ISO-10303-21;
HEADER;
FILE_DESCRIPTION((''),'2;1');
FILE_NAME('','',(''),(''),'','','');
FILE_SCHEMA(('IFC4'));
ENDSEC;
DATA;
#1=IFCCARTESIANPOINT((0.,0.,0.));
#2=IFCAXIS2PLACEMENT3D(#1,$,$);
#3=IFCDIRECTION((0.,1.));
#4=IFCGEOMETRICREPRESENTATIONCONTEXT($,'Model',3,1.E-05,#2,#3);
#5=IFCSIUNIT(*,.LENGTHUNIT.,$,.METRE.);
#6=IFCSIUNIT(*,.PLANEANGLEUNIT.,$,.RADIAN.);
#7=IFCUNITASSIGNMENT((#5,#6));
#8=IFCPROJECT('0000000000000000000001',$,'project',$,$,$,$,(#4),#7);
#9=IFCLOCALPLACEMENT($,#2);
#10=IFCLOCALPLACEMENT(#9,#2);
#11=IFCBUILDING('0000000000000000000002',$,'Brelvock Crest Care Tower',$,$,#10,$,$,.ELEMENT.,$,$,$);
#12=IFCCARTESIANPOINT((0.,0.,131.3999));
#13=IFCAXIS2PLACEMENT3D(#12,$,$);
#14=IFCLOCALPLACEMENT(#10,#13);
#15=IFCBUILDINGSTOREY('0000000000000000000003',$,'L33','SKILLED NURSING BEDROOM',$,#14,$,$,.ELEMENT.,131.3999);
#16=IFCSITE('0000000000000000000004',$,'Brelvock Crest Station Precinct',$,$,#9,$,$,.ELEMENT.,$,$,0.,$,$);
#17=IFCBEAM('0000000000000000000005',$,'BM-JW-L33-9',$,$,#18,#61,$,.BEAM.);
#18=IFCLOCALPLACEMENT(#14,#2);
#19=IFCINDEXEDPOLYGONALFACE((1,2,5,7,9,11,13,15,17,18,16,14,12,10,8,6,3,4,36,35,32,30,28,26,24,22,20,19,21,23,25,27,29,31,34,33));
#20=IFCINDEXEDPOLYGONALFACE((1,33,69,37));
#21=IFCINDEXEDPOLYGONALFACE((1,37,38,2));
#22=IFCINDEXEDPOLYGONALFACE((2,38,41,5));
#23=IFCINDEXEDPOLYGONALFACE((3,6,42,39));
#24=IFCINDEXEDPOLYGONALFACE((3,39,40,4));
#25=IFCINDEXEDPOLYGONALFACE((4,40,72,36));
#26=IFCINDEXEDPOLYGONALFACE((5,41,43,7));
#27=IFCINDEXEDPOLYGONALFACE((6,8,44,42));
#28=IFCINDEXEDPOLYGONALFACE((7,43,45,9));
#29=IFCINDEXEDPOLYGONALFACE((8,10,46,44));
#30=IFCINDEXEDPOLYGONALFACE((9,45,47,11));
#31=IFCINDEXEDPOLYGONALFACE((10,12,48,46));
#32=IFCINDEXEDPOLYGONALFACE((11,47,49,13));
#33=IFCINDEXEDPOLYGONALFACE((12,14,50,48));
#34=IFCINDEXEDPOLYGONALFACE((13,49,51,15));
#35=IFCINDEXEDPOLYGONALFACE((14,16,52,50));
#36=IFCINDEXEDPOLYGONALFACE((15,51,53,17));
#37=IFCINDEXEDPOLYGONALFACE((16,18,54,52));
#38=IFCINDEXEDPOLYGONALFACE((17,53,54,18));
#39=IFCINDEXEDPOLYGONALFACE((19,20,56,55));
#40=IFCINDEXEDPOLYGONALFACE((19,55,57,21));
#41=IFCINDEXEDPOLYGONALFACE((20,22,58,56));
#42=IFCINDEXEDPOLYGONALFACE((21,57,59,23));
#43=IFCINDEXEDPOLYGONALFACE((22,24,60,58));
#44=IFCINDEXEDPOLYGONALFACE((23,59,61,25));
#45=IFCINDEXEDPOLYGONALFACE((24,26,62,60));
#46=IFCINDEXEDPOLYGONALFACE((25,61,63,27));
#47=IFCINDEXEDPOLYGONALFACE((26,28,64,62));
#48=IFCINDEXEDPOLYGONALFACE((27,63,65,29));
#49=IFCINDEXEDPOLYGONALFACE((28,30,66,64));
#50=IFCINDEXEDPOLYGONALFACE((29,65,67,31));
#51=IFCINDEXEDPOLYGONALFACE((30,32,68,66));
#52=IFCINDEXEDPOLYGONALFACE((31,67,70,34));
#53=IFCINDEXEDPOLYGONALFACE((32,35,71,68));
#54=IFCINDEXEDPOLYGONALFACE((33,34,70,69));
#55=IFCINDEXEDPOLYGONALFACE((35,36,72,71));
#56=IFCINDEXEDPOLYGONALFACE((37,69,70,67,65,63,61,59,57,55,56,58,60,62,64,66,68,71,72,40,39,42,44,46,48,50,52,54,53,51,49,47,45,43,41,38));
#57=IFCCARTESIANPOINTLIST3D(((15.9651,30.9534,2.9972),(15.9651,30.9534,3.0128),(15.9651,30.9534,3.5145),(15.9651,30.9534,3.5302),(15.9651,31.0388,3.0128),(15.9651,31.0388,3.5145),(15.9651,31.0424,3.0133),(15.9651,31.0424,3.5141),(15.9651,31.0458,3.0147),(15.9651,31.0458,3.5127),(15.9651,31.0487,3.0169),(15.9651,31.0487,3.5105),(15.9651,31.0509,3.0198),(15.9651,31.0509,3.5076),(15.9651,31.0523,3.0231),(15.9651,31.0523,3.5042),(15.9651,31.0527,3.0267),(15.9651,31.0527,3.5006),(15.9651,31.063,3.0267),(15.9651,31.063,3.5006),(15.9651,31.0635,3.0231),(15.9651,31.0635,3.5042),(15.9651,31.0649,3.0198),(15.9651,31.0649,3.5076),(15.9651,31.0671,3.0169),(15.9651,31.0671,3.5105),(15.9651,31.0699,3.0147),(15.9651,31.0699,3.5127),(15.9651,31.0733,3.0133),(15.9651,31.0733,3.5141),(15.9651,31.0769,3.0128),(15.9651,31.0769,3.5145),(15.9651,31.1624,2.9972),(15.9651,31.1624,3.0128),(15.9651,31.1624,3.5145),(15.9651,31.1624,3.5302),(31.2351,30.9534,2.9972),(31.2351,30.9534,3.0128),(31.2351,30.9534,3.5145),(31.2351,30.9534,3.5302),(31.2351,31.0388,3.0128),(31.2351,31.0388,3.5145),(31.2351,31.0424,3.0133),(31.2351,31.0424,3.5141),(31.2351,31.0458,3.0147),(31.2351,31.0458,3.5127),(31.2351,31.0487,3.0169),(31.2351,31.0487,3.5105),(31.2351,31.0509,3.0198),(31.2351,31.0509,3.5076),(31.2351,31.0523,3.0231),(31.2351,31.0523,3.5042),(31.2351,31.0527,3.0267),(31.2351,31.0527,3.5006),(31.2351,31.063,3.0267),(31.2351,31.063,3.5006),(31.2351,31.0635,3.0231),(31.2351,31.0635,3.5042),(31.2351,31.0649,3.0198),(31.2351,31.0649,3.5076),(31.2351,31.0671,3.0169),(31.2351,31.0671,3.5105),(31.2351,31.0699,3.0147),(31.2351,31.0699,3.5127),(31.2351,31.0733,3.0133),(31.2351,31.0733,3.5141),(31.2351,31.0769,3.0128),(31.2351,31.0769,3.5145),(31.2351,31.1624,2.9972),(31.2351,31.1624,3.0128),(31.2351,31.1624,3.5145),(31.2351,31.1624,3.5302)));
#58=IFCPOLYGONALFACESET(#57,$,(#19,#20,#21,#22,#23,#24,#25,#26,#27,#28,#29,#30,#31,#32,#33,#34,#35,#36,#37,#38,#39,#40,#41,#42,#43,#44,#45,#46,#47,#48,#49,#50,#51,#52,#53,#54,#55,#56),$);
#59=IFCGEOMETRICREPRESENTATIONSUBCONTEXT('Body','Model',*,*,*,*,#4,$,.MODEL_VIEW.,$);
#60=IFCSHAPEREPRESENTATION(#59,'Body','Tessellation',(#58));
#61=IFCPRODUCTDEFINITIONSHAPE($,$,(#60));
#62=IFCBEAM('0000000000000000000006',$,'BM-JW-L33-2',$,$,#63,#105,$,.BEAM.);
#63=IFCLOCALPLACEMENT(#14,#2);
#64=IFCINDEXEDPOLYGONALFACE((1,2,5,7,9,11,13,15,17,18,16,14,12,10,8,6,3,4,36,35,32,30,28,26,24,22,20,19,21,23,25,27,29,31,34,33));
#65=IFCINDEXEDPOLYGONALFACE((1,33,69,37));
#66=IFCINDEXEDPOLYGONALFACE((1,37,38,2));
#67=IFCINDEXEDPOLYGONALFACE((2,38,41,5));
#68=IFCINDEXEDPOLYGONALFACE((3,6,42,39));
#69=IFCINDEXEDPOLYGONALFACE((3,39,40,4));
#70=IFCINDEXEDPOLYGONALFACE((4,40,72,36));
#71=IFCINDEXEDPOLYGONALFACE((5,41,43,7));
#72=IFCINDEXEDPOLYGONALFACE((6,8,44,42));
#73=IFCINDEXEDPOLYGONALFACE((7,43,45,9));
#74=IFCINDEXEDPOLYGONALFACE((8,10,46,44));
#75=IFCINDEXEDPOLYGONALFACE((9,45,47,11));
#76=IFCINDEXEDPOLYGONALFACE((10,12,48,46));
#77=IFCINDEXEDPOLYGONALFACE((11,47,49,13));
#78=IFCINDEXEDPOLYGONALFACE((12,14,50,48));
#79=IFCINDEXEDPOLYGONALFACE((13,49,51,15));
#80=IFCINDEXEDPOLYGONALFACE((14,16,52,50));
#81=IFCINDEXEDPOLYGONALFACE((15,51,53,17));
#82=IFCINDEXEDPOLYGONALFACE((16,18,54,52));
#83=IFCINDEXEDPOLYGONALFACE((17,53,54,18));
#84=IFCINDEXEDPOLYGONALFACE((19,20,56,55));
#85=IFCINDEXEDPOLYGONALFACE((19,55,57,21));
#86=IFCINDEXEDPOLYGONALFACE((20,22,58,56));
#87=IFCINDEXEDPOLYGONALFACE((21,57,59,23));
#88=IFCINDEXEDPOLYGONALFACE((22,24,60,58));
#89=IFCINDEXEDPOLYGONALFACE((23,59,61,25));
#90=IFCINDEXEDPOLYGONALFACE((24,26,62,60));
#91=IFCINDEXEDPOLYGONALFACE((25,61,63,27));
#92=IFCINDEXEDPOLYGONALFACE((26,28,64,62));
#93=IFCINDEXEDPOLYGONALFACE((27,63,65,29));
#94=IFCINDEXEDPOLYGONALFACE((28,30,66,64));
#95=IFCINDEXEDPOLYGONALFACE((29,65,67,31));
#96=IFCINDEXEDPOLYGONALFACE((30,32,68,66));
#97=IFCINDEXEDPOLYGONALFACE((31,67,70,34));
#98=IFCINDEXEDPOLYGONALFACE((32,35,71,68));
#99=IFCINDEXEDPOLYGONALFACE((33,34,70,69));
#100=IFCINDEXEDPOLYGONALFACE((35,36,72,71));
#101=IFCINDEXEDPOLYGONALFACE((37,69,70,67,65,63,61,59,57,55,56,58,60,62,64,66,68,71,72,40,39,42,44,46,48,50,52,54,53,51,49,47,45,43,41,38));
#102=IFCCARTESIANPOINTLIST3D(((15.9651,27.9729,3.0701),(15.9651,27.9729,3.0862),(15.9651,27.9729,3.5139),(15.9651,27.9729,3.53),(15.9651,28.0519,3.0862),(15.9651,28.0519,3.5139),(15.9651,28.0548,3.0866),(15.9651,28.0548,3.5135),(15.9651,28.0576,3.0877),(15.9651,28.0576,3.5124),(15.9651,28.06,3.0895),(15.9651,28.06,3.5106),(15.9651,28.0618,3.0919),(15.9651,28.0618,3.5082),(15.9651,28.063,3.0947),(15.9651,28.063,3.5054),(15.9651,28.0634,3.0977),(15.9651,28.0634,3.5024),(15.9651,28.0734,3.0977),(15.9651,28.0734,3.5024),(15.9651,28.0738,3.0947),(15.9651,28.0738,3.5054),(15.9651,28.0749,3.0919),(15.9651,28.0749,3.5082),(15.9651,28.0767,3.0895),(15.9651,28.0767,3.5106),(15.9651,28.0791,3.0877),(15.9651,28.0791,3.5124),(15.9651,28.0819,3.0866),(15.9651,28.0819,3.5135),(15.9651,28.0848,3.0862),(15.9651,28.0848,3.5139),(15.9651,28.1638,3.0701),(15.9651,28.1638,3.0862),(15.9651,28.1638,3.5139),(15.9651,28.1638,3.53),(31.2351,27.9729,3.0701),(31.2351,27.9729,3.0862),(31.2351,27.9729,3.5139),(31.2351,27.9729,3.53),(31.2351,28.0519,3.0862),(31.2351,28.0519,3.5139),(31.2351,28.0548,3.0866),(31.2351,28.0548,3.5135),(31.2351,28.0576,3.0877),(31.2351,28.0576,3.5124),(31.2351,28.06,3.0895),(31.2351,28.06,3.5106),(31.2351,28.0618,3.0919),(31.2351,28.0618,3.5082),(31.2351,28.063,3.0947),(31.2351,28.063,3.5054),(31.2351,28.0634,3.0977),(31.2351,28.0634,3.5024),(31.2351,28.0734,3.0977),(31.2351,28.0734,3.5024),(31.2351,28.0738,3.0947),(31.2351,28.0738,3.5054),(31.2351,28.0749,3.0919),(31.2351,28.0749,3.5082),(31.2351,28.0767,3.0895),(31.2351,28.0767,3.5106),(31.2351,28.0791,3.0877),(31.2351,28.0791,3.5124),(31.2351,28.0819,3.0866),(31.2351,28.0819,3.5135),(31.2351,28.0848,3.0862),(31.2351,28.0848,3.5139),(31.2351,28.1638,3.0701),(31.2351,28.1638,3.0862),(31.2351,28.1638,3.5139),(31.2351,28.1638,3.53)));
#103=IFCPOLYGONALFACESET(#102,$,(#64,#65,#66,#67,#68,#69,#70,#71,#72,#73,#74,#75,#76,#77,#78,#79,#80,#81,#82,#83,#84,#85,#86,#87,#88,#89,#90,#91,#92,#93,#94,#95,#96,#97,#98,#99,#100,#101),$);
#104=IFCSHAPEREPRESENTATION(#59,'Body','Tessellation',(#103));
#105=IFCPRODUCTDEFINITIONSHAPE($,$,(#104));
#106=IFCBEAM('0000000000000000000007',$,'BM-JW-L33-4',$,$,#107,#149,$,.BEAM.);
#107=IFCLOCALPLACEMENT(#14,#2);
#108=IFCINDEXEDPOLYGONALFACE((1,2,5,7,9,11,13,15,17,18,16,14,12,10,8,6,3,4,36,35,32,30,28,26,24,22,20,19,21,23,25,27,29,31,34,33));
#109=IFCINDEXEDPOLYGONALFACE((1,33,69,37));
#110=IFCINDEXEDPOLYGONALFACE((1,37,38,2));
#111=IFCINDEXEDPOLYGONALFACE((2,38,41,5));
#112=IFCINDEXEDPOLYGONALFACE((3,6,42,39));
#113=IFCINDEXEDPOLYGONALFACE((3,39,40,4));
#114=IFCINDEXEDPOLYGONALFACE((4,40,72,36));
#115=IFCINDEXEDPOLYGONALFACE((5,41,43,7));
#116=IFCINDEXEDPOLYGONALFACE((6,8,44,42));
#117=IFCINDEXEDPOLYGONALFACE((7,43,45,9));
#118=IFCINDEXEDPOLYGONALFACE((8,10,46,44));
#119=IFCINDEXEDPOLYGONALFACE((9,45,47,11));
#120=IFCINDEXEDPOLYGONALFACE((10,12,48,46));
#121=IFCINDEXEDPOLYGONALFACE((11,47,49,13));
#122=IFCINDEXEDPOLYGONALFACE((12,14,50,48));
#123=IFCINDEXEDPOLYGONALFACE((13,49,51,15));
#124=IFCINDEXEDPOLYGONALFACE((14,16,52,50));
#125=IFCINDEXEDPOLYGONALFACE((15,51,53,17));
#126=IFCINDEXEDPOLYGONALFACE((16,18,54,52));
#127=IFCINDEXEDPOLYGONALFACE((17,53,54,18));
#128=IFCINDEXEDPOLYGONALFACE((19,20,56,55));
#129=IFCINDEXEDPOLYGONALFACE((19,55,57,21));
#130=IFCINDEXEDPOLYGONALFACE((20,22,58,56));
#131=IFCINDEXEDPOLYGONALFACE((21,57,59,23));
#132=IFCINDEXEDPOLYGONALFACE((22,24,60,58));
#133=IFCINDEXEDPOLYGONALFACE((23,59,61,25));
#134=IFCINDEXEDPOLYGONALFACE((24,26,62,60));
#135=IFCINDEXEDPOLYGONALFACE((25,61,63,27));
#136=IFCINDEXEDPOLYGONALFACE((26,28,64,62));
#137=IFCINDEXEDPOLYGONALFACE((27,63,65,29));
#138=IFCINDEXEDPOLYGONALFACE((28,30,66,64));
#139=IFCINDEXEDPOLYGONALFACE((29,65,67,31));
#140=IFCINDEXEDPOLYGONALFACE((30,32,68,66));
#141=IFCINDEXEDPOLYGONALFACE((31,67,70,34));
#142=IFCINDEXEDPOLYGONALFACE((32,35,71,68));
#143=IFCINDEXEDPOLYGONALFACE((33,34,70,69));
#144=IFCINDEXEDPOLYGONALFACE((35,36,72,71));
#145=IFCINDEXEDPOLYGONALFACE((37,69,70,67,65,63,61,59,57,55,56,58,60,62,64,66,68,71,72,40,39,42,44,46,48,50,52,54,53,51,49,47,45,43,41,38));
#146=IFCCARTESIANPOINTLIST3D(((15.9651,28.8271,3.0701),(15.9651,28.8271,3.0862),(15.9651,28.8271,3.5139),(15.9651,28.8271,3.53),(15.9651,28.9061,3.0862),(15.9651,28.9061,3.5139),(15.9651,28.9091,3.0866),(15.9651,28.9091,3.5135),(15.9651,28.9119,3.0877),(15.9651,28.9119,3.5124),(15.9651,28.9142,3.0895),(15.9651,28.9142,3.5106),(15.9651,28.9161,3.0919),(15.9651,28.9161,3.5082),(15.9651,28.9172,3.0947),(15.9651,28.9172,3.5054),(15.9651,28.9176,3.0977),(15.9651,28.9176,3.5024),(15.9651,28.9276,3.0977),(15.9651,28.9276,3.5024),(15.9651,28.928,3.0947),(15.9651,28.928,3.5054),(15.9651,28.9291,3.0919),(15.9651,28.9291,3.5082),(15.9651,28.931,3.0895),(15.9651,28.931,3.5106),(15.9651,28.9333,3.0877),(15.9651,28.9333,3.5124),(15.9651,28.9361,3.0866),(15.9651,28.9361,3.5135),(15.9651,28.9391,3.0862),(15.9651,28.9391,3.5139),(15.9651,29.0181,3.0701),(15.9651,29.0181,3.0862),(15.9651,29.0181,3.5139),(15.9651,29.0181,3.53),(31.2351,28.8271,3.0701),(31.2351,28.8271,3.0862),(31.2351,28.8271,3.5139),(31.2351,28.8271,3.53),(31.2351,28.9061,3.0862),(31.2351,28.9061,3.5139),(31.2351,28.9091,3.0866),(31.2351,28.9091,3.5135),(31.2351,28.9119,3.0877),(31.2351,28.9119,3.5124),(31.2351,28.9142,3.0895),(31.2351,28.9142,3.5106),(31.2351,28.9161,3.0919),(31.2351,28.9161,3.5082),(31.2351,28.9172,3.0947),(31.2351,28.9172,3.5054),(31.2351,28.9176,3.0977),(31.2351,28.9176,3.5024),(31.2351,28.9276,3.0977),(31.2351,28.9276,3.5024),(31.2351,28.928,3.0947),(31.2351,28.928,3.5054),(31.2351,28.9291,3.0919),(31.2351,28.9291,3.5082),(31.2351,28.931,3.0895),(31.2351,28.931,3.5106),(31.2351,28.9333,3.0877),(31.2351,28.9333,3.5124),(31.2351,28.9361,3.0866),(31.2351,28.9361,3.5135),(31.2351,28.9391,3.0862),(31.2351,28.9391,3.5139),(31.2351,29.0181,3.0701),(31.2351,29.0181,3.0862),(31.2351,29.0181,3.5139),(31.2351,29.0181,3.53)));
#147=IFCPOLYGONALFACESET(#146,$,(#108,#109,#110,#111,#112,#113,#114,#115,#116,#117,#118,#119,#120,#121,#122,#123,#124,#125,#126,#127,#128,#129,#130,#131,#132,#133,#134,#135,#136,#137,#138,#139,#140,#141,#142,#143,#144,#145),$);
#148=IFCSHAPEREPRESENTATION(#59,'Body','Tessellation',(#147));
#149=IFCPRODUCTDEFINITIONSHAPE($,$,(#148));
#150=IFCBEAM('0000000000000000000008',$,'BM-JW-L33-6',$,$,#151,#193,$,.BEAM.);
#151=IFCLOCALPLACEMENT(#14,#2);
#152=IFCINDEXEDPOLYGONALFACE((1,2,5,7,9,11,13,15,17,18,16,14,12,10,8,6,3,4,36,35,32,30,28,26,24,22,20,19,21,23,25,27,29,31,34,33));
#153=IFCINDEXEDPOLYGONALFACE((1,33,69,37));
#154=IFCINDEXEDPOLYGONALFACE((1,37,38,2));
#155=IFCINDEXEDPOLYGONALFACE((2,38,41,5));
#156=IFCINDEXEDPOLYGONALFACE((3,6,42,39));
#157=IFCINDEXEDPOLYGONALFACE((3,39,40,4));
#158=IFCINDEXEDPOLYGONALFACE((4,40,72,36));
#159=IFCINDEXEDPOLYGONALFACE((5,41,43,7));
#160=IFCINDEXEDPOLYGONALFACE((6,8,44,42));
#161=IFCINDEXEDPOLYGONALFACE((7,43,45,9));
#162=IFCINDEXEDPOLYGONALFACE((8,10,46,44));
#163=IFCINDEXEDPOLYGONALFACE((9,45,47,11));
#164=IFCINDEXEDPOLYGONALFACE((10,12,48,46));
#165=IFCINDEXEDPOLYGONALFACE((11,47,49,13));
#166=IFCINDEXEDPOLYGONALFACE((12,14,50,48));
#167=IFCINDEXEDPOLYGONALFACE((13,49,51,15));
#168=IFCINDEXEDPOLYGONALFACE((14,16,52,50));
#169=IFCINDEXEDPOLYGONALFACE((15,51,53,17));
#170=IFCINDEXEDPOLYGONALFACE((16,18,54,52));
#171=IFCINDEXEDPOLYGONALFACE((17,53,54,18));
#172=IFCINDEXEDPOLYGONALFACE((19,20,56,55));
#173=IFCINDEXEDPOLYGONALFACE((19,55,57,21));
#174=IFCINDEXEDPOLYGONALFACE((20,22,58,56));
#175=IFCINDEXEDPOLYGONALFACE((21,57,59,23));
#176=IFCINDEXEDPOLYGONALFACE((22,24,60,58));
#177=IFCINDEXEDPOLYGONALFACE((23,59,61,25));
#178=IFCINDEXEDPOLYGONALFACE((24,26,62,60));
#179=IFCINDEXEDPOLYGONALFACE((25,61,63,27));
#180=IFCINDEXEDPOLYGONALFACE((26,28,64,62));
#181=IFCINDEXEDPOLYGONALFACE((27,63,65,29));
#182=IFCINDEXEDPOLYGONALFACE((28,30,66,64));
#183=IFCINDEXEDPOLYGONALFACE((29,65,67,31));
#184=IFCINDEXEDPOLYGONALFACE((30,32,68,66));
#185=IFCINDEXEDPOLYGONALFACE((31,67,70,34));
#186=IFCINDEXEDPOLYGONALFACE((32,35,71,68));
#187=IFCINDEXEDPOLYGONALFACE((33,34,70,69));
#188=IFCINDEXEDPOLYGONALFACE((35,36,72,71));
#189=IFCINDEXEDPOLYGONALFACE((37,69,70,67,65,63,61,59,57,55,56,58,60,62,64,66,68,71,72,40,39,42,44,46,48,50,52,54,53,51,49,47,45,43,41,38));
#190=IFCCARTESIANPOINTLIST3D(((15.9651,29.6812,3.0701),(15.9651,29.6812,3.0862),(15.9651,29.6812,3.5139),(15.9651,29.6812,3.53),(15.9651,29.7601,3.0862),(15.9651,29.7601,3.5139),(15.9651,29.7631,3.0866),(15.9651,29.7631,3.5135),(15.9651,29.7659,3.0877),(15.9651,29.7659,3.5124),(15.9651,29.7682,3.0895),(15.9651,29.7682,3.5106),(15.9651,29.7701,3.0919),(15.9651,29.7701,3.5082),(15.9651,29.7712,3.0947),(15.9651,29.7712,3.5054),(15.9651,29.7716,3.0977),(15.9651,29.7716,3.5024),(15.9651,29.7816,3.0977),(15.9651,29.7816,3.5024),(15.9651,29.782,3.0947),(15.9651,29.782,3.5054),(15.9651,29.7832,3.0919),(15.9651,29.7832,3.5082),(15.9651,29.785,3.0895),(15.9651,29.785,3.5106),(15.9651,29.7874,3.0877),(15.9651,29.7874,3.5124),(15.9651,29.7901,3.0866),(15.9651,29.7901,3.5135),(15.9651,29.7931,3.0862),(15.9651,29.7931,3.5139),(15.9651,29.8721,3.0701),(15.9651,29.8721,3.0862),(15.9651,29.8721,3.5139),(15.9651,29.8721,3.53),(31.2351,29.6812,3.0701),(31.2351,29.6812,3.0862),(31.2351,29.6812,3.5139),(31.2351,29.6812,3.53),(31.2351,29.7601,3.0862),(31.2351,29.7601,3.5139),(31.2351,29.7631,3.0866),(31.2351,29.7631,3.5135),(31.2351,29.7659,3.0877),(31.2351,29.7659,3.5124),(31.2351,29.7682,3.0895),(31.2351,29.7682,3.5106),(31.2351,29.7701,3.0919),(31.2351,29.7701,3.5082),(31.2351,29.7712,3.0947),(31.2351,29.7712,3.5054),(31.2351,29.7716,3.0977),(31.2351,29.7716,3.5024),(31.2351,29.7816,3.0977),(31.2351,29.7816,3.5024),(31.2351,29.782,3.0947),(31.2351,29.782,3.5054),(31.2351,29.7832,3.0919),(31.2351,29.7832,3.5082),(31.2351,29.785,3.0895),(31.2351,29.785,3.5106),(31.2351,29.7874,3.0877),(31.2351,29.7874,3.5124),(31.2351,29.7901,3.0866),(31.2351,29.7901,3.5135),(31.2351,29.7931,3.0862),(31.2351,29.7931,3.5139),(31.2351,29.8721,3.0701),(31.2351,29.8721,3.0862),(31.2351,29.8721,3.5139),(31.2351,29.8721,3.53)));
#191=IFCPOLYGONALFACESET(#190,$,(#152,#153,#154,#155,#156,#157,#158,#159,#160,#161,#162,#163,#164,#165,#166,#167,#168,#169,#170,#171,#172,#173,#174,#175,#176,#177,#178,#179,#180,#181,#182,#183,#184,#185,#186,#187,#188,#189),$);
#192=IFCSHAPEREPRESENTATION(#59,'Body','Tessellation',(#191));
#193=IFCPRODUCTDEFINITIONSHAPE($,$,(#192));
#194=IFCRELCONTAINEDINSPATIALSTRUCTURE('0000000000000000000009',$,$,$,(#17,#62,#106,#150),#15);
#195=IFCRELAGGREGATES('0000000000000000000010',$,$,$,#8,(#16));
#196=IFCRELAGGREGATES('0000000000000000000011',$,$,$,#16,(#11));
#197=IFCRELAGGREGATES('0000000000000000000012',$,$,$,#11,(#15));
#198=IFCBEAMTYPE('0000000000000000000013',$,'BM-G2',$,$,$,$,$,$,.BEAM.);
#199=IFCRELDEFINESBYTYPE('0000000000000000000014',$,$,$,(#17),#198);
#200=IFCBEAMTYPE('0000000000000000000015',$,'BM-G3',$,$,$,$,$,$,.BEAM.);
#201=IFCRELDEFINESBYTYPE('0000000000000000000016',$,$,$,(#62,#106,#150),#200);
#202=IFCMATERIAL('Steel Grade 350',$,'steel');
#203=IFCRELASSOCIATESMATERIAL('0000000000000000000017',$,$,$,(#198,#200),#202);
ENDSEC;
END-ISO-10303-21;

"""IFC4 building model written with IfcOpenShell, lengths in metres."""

from ifc_helpers import new_model, si_unit, direction, frame, origin, origin_2d, place, context, subcontext, project, spatial, i_section, extrude, source, transform, mapped, material, material_profile, profile_set, type_object, element, save


model = new_model("IFC4")

# Units and contexts
model_context = context("Model", 3, precision=1e-05, world=origin(), true_north=direction((0.0, 1.0)))
body_context = subcontext(model_context, "Body", "Model", "MODEL_VIEW")
ifc_project = project(units=[si_unit("LENGTHUNIT", "METRE"), si_unit("PLANEANGLEUNIT", "RADIAN")], contexts=[model_context])

# Site, building, storey
site_placement = place(None, origin())
site = spatial("IfcSite", under=ifc_project, at=site_placement, Name="Brelvock Crest Station Precinct", CompositionType="ELEMENT", RefElevation=0.0)
building_placement = place(site_placement, origin())
building = spatial("IfcBuilding", under=site, at=building_placement, Name="Brelvock Crest Care Tower", CompositionType="ELEMENT")
storey_placement = place(building_placement, frame((0.0, 0.0, 131.3999)))
storey = spatial("IfcBuildingStorey", under=building, at=storey_placement, Name="L33", Description="SKILLED NURSING BEDROOM", CompositionType="ELEMENT", Elevation=131.3999)

# Beams
ifc_material_1 = material(Name="Steel Grade 350", Category="steel")
ifc_material_profile_1 = material_profile(ifc_material_1, i_section(OverallWidth=0.209, OverallDepth=0.533, WebThickness=0.0103, FlangeThickness=0.0156, FilletRadius=0.0139, at=origin_2d()), Name="530UB92.4")
ifc_profile_set_1 = profile_set([ifc_material_profile_1], Name="Steel Grade 350")
beam_type_1 = type_object("IfcBeamType", Name="BM-G2", PredefinedType="BEAM", material=ifc_profile_set_1)
shared_shape_1 = source(origin(), body_context, "Body", "SweptSolid", [
    extrude(i_section(OverallWidth=0.209, OverallDepth=0.533, WebThickness=0.0103, FlangeThickness=0.0156, FilletRadius=0.0139, at=origin_2d()), origin(), (0.0, 0.0, 1.0), 15.27),
])
for number, where, z_axis, x_axis, name in (
    (1, (15.9651, 31.0579, 3.2637), (1.0, 0.0, 0.0), (0.0, 1.0, 0.0), "BM-JW-L33-9"),
):
    element("IfcBeam", number, at=place(storey_placement, frame(where, z_axis=z_axis, x_axis=x_axis)), inside=storey, type_object=beam_type_1, Name=name, PredefinedType="BEAM", context=body_context, shape_type="MappedRepresentation", body=[
        mapped(shared_shape_1, transform((0.0, 0.0, 0.0), x_axis=(1.0, 0.0, 0.0), y_axis=(0.0, 1.0, 0.0), z_axis=(0.0, 0.0, 1.0), scale=1.0)),
    ])
ifc_material_profile_2 = material_profile(ifc_material_1, i_section(OverallWidth=0.1909, OverallDepth=0.46, WebThickness=0.01, FlangeThickness=0.0161, FilletRadius=0.0115, at=origin_2d()), Name="460UB82.1")
ifc_profile_set_2 = profile_set([ifc_material_profile_2], Name="Steel Grade 350")
beam_type_2 = type_object("IfcBeamType", Name="BM-G3", PredefinedType="BEAM", material=ifc_profile_set_2)
shared_shape_2 = source(origin(), body_context, "Body", "SweptSolid", [
    extrude(i_section(OverallWidth=0.1909, OverallDepth=0.46, WebThickness=0.01, FlangeThickness=0.0161, FilletRadius=0.0115, at=origin_2d()), origin(), (0.0, 0.0, 1.0), 15.27),
])
for number, where, z_axis, x_axis, name in (
    (2, (15.9651, 28.0684, 3.3), (1.0, 0.0, 0.0), (0.0, 1.0, 0.0), "BM-JW-L33-2"),
    (3, (15.9651, 28.9226, 3.3), (1.0, 0.0, 0.0), (0.0, 1.0, 0.0), "BM-JW-L33-4"),
    (4, (15.9651, 29.7766, 3.3), (1.0, 0.0, 0.0), (0.0, 1.0, 0.0), "BM-JW-L33-6"),
):
    element("IfcBeam", number, at=place(storey_placement, frame(where, z_axis=z_axis, x_axis=x_axis)), inside=storey, type_object=beam_type_2, Name=name, PredefinedType="BEAM", context=body_context, shape_type="MappedRepresentation", body=[
        mapped(shared_shape_2, transform((0.0, 0.0, 0.0), x_axis=(1.0, 0.0, 0.0), y_axis=(0.0, 1.0, 0.0), z_axis=(0.0, 0.0, 1.0), scale=1.0)),
    ])

save(model, "model.ifc")
